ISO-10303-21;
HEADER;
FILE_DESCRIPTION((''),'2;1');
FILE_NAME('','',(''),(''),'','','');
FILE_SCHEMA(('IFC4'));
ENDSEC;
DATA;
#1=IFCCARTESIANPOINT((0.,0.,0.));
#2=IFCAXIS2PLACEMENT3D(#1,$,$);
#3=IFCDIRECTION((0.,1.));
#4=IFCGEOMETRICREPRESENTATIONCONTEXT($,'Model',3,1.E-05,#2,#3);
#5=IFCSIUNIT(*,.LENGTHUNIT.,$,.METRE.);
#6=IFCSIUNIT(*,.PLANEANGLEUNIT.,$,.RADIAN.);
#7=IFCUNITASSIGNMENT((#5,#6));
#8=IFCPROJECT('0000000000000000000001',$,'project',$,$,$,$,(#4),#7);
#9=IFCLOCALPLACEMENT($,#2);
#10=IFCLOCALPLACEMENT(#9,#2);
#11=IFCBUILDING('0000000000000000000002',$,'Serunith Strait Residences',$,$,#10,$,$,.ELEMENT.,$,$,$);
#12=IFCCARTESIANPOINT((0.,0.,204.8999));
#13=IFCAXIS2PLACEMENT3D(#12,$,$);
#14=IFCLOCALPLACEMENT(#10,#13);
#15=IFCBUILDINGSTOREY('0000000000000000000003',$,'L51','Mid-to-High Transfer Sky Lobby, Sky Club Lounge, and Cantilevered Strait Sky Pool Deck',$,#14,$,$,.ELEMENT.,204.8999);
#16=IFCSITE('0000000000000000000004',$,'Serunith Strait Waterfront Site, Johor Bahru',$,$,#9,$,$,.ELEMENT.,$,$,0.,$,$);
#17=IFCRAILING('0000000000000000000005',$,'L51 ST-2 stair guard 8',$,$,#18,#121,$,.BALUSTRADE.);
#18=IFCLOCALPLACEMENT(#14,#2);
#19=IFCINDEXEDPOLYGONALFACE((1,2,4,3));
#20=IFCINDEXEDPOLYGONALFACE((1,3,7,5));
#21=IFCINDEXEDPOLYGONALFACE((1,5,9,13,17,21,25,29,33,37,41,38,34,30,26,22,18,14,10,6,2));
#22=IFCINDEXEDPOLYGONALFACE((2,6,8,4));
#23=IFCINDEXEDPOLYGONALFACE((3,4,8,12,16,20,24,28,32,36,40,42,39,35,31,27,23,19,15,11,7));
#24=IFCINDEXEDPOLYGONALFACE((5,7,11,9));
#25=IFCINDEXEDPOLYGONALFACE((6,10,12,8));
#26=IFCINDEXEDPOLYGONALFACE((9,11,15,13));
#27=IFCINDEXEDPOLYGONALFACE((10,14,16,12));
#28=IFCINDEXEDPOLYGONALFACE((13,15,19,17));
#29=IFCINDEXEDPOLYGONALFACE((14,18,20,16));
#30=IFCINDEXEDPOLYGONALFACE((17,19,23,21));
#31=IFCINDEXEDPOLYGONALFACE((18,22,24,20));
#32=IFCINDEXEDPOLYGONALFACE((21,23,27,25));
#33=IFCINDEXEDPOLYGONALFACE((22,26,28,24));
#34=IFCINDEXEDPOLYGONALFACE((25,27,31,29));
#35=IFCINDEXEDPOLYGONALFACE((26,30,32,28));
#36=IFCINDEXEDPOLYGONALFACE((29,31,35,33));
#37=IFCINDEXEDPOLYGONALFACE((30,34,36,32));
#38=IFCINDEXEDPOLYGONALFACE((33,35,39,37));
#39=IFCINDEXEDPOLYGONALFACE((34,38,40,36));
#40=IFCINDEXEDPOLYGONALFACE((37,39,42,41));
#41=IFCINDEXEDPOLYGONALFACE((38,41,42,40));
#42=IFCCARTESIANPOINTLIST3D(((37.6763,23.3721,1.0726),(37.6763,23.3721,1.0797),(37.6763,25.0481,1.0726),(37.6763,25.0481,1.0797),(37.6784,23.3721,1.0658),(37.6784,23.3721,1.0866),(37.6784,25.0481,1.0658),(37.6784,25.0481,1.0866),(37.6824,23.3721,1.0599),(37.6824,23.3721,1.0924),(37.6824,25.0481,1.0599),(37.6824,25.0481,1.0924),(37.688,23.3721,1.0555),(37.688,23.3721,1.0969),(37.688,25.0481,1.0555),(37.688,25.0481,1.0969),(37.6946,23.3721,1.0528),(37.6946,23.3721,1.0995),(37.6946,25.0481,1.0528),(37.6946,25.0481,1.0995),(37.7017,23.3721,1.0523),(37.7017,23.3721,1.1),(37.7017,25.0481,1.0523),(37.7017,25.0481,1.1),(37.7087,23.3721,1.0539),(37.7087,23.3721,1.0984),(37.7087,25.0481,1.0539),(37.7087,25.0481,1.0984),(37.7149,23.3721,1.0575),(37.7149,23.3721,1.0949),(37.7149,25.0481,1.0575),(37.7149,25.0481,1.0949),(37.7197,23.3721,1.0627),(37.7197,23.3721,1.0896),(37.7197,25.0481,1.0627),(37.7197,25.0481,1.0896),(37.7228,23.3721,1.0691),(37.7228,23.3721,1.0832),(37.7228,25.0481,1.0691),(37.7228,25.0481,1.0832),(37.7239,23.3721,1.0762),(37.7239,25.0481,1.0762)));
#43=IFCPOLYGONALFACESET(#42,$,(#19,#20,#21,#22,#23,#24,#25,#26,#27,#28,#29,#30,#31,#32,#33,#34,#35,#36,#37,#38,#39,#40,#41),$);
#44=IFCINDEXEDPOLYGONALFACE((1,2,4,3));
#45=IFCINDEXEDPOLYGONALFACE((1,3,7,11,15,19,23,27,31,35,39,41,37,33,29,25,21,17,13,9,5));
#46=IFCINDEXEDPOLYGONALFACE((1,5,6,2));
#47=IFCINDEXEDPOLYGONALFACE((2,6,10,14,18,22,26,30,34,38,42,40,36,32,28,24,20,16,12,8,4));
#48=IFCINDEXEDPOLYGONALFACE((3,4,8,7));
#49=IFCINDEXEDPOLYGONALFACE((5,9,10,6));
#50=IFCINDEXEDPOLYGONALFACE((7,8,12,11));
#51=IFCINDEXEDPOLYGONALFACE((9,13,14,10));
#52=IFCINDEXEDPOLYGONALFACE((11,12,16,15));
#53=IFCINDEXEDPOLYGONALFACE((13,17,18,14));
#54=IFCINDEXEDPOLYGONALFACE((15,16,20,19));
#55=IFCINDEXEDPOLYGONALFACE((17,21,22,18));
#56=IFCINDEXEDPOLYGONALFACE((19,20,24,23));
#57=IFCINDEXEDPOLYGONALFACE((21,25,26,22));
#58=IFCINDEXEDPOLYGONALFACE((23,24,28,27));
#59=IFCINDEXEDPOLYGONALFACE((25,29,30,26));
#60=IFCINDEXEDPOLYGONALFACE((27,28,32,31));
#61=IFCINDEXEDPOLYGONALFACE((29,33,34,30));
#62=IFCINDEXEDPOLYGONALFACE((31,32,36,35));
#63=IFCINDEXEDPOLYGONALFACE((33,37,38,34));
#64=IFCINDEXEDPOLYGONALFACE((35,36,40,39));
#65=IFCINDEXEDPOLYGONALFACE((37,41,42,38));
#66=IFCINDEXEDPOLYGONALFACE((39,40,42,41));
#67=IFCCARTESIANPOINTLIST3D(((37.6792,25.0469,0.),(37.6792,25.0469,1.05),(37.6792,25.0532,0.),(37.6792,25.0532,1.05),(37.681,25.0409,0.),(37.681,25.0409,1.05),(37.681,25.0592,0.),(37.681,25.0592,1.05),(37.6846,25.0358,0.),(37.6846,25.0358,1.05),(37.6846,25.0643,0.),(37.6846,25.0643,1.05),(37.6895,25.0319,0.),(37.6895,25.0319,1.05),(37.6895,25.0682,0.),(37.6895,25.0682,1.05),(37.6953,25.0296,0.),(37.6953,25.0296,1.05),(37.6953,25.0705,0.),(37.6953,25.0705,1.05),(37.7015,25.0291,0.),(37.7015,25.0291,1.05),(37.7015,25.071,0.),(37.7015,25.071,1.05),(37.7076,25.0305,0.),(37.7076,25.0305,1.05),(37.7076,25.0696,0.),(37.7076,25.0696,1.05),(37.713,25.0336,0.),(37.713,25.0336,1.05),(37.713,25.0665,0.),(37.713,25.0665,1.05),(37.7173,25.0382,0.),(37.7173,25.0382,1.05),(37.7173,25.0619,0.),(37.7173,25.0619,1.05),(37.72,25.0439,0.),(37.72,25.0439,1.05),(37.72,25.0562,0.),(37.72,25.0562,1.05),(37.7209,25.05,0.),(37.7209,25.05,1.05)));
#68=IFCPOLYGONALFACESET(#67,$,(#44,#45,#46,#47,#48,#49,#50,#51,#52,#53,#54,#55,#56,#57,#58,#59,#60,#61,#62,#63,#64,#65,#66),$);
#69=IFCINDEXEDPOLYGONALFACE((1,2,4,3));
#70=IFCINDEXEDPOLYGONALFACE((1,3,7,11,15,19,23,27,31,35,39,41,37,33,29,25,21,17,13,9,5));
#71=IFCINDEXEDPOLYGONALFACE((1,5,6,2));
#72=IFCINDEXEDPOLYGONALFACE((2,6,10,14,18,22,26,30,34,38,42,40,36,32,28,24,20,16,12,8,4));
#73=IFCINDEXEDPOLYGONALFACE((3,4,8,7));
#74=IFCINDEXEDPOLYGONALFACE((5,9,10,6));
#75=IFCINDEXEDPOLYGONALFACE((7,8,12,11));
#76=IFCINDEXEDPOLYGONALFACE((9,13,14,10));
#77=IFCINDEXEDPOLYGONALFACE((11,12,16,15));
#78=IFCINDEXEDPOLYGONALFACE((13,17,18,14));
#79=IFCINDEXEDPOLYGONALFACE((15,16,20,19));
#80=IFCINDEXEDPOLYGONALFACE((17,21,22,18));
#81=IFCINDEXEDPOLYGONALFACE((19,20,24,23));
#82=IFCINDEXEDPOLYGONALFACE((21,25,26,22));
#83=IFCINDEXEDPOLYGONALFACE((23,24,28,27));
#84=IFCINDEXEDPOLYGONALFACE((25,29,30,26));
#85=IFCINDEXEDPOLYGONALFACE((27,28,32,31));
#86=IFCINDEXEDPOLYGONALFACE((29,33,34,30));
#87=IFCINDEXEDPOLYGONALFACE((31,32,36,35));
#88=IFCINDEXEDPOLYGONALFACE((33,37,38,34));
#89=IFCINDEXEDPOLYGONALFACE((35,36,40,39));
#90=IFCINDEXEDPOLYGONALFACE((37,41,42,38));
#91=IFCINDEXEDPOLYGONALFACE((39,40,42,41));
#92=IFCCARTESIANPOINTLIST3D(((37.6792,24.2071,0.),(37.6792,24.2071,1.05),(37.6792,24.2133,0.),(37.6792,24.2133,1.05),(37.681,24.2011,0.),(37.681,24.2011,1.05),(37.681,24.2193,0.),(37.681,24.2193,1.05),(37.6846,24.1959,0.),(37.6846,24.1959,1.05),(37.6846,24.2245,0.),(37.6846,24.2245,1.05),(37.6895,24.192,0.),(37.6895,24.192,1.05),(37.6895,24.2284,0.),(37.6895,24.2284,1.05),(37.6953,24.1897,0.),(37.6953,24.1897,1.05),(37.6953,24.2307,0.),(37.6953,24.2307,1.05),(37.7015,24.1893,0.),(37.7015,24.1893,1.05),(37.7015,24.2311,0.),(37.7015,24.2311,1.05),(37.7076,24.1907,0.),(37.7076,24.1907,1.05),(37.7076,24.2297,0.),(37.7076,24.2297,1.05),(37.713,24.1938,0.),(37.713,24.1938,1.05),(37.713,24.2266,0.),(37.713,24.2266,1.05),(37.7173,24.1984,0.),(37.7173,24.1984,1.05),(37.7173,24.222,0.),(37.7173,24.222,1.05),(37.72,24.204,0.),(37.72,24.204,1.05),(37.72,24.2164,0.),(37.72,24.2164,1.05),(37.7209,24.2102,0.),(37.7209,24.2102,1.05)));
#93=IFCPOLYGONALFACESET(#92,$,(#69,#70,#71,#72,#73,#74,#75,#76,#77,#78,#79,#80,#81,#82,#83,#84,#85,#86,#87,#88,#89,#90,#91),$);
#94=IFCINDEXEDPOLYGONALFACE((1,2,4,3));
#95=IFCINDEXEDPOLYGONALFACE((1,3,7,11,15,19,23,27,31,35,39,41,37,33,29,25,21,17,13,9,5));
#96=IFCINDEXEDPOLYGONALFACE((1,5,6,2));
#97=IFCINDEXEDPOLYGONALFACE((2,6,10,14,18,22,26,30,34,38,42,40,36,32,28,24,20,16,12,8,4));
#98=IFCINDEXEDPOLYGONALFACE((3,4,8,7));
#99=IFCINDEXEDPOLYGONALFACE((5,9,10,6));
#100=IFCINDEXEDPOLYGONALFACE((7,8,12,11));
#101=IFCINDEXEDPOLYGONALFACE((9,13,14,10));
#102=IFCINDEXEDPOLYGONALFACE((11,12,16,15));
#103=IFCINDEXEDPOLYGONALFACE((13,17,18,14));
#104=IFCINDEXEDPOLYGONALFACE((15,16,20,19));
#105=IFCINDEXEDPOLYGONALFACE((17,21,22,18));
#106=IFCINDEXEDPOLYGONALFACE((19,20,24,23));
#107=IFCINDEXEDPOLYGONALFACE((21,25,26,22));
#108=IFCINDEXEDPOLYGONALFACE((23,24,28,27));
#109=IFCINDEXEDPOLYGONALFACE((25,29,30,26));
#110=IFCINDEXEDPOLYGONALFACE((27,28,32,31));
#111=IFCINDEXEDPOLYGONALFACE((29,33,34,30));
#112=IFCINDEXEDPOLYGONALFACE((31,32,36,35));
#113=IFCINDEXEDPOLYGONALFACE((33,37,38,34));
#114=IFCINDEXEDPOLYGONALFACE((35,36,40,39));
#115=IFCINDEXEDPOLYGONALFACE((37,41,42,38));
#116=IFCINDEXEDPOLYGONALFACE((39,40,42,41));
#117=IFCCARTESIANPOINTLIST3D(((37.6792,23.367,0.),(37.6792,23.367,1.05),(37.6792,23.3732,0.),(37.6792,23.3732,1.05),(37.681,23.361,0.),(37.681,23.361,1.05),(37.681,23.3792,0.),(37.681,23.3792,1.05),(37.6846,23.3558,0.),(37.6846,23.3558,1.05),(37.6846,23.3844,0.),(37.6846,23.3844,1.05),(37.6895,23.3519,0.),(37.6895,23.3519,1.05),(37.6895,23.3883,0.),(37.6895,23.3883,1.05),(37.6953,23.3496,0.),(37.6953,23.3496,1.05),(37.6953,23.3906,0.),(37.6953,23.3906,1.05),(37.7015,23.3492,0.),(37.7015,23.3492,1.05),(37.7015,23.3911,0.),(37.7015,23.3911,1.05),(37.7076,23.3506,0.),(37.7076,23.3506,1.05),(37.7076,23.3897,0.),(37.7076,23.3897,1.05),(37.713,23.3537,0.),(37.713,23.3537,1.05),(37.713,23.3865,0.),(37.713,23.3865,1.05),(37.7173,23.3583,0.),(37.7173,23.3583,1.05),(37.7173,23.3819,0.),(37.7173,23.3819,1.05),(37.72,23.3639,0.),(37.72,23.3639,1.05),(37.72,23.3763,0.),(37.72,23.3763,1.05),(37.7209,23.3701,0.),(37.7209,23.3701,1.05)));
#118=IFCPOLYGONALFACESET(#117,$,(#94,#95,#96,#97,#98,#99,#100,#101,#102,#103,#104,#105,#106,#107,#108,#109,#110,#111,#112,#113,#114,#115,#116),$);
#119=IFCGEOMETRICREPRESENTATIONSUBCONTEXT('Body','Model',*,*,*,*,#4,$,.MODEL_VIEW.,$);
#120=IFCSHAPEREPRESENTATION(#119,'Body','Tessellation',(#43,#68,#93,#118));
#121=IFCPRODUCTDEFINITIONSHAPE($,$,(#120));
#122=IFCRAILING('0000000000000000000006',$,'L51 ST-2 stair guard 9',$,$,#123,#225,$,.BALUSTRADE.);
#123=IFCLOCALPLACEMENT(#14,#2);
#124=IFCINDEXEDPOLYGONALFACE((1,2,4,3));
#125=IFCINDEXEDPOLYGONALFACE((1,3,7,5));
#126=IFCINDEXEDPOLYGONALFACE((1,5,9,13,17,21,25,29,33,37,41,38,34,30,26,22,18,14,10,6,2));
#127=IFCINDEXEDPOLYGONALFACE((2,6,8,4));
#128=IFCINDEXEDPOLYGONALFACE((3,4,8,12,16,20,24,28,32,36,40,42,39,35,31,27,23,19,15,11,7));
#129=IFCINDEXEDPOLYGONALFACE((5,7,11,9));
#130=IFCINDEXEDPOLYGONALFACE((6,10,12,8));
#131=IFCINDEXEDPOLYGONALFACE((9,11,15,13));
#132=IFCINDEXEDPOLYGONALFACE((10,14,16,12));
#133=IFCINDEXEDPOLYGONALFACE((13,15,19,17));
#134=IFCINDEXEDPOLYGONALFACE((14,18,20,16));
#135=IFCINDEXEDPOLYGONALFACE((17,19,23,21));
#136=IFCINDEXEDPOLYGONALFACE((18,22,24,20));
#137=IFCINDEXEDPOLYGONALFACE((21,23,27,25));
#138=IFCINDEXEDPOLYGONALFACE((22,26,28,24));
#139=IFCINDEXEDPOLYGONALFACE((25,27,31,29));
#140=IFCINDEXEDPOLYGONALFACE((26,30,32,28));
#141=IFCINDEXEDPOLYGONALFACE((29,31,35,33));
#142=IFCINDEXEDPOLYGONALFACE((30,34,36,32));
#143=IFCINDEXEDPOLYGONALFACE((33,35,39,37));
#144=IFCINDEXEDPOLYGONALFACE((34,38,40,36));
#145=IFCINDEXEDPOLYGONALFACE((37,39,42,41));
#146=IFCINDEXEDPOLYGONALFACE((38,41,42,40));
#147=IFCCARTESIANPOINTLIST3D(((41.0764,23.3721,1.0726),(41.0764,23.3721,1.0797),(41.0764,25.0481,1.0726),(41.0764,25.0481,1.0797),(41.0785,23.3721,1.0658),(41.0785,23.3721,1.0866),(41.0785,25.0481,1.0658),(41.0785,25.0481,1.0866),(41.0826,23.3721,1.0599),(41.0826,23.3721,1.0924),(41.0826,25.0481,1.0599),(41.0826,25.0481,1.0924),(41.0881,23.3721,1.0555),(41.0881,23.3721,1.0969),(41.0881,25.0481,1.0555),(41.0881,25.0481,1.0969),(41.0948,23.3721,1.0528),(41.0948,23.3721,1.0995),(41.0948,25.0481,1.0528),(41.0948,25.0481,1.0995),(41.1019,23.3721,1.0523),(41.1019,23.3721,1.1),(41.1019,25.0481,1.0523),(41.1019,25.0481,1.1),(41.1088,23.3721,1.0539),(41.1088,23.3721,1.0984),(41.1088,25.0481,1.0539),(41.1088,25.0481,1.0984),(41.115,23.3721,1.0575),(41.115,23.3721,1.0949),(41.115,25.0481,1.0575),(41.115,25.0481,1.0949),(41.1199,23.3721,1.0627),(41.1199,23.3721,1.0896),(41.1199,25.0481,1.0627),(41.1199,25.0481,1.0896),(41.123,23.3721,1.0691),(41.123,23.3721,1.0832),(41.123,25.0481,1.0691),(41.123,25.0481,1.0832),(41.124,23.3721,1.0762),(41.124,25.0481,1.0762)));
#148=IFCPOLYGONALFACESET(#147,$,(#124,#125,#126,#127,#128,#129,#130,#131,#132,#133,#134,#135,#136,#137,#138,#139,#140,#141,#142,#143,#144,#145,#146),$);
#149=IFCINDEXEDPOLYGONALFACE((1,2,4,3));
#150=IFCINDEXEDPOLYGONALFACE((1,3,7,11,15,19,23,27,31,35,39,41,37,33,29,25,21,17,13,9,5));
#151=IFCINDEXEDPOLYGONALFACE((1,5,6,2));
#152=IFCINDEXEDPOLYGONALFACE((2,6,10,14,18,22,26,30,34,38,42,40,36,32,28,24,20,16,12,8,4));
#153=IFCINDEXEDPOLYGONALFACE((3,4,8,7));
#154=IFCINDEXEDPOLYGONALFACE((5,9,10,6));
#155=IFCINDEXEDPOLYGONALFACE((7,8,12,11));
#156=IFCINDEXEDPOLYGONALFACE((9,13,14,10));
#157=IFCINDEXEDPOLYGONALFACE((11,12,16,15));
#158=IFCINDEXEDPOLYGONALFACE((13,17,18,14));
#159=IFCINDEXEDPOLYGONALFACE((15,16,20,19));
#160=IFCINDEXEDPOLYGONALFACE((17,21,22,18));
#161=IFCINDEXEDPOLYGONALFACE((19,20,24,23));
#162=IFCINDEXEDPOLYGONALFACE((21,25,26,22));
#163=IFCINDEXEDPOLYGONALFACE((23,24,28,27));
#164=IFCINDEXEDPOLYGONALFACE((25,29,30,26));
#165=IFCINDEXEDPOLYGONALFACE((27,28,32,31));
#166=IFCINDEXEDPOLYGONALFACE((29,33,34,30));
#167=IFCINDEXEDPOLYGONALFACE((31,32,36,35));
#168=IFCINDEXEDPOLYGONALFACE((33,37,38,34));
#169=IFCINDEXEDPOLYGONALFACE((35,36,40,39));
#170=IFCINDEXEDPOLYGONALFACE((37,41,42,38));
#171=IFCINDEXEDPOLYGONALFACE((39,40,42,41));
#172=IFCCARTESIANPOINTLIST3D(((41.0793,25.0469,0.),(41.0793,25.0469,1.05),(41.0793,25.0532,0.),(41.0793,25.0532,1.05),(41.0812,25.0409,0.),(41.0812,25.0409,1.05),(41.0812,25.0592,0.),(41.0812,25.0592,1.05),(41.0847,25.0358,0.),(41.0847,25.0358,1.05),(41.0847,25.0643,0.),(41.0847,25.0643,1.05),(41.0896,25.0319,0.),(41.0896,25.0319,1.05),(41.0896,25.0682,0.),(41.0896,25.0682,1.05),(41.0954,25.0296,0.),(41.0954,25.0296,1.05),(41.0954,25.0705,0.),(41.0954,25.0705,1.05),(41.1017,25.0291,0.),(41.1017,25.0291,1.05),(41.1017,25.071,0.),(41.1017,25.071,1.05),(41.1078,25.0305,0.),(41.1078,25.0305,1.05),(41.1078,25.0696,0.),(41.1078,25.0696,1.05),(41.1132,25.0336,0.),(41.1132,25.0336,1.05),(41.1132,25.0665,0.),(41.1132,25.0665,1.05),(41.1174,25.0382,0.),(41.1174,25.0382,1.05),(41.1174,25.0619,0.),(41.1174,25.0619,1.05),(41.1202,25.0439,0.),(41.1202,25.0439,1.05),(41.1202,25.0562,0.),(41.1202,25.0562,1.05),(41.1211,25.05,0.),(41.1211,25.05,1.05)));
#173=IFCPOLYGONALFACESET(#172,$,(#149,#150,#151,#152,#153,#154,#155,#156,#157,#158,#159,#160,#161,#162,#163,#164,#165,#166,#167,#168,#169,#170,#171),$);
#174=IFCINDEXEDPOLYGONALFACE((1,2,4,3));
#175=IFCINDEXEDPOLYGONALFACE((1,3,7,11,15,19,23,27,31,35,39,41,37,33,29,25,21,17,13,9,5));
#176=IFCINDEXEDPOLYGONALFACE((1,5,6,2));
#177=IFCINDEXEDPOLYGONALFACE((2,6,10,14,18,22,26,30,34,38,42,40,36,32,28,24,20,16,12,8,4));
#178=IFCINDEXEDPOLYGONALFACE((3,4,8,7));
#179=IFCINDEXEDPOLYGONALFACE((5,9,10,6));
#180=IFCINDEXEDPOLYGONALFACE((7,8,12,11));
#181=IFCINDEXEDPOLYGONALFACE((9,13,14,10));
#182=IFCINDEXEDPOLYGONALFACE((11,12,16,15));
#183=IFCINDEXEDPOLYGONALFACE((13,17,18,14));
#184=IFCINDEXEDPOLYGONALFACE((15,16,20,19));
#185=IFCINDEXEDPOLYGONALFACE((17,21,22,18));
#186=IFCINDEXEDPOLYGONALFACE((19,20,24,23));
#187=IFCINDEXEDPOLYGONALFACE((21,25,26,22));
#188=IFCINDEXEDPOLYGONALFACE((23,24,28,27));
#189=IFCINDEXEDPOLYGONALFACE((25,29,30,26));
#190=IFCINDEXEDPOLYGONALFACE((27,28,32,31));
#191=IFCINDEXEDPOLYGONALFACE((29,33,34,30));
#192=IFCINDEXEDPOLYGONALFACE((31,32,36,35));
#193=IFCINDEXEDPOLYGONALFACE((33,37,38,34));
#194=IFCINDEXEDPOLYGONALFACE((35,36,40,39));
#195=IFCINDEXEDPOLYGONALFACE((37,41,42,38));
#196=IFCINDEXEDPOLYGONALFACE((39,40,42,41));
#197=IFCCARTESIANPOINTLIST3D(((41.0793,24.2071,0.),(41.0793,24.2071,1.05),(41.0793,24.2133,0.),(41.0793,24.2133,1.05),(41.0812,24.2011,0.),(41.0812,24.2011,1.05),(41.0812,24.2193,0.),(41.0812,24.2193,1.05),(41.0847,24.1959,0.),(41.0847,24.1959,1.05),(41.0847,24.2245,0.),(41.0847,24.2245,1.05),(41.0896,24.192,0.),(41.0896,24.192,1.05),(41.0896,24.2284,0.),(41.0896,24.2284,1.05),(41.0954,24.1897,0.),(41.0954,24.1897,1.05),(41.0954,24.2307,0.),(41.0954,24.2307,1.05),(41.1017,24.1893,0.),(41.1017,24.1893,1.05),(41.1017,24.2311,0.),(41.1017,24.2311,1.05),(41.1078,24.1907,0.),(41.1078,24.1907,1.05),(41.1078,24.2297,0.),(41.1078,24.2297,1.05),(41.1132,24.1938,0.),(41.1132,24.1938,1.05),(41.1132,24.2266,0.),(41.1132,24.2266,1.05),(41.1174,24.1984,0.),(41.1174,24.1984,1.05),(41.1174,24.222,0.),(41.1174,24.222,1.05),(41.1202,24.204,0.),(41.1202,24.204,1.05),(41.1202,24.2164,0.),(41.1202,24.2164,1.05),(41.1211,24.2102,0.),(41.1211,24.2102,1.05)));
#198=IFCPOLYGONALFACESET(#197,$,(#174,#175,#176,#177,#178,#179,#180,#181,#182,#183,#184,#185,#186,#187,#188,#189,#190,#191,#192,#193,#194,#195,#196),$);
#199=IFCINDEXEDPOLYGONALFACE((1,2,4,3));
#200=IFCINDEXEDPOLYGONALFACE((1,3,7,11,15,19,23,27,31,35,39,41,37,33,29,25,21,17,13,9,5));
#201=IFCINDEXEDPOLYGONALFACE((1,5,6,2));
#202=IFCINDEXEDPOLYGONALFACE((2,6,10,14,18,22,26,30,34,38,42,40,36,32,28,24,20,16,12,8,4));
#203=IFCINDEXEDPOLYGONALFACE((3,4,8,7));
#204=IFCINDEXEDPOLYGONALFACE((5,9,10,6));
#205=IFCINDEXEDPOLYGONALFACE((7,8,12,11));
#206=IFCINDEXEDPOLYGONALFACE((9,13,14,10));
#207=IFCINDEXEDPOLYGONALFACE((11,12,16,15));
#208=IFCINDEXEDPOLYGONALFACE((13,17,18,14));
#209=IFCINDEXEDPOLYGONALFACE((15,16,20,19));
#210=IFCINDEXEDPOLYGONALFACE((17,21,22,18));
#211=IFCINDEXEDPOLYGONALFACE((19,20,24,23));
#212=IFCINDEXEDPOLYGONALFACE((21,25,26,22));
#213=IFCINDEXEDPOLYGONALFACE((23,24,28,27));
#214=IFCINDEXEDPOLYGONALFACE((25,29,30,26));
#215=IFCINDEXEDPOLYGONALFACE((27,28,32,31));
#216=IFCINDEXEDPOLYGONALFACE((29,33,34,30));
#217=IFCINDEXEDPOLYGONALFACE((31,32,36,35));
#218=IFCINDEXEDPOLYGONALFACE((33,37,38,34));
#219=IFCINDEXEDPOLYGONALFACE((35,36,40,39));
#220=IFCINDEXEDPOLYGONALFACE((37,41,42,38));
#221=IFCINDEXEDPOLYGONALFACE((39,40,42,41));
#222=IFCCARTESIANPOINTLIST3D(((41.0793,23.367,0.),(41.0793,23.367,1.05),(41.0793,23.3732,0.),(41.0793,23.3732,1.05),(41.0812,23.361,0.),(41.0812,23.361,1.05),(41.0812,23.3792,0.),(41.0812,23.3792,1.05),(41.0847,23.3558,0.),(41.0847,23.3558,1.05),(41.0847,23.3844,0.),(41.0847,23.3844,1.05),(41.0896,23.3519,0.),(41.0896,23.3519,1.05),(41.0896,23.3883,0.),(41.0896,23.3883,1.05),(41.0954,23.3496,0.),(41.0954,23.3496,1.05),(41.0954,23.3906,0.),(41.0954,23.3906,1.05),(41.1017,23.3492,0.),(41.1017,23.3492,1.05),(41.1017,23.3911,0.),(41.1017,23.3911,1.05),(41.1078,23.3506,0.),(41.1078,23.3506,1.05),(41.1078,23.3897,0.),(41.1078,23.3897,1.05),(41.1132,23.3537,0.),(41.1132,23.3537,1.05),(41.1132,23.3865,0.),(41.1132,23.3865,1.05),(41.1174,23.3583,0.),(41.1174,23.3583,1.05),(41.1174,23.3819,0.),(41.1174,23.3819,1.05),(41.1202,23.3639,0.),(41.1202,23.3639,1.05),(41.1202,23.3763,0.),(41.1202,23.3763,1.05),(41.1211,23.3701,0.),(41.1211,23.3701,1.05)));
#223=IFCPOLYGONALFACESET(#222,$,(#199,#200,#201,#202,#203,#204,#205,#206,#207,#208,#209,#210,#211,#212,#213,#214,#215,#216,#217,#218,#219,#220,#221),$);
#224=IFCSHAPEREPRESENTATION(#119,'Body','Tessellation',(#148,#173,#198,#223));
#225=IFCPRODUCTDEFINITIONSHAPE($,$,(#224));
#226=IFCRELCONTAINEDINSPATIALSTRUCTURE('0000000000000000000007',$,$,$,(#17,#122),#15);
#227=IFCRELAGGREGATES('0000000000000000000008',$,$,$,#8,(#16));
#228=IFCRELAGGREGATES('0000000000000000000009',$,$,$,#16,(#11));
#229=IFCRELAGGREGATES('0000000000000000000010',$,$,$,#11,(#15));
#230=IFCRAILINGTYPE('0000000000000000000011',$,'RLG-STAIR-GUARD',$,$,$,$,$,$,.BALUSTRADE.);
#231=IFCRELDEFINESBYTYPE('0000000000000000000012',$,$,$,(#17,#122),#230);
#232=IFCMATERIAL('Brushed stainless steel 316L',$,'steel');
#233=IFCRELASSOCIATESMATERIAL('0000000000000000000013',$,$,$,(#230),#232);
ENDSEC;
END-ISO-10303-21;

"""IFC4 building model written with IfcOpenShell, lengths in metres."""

from ifc_helpers import new_model, si_unit, direction, frame, origin, origin_2d, place, context, subcontext, project, spatial, circle, extrude, material, type_object, element, save


model = new_model("IFC4")

# Units and contexts
model_context = context("Model", 3, precision=1e-05, world=origin(), true_north=direction((0.0, 1.0)))
body_context = subcontext(model_context, "Body", "Model", "MODEL_VIEW")
ifc_project = project(units=[si_unit("LENGTHUNIT", "METRE"), si_unit("PLANEANGLEUNIT", "RADIAN")], contexts=[model_context])

# Site, building, storey
site_placement = place(None, origin())
site = spatial("IfcSite", under=ifc_project, at=site_placement, Name="Serunith Strait Waterfront Site, Johor Bahru", CompositionType="ELEMENT", RefElevation=0.0)
building_placement = place(site_placement, origin())
building = spatial("IfcBuilding", under=site, at=building_placement, Name="Serunith Strait Residences", CompositionType="ELEMENT")
storey_placement = place(building_placement, frame((0.0, 0.0, 204.8999)))
storey = spatial("IfcBuildingStorey", under=building, at=storey_placement, Name="L51", Description="Mid-to-High Transfer Sky Lobby, Sky Club Lounge, and Cantilevered Strait Sky Pool Deck", CompositionType="ELEMENT", Elevation=204.8999)

# Railings
ifc_material_1 = material(Name="Brushed stainless steel 316L", Category="steel")
railing_type = type_object("IfcRailingType", Name="RLG-STAIR-GUARD", PredefinedType="BALUSTRADE", material=ifc_material_1)
for number, where, name in (
    (1, (37.7, 25.05, 0.0), "L51 ST-2 stair guard 8"),
    (2, (41.1001, 25.05, 0.0), "L51 ST-2 stair guard 9"),
):
    element("IfcRailing", number, at=place(storey_placement, frame(where)), inside=storey, type_object=railing_type, Name=name, PredefinedType="BALUSTRADE", context=body_context, shape_type="SweptSolid", body=[
        extrude(circle(Radius=0.0239, at=origin_2d()), frame((0.0, -0.002, 1.0762), z_axis=(0.0, -1.0, 0.0), x_axis=(1.0, 0.0, 0.0)), (0.0, 0.0, 1.0), 1.676),
        extrude(circle(Radius=0.021, at=origin_2d()), origin(), (0.0, 0.0, 1.0), 1.05),
        extrude(circle(Radius=0.021, at=origin_2d()), frame((0.0, -0.8398, 0.0)), (0.0, 0.0, 1.0), 1.05),
        extrude(circle(Radius=0.021, at=origin_2d()), frame((0.0, -1.6799, 0.0)), (0.0, 0.0, 1.0), 1.05),
    ])

save(model, "model.ifc")
